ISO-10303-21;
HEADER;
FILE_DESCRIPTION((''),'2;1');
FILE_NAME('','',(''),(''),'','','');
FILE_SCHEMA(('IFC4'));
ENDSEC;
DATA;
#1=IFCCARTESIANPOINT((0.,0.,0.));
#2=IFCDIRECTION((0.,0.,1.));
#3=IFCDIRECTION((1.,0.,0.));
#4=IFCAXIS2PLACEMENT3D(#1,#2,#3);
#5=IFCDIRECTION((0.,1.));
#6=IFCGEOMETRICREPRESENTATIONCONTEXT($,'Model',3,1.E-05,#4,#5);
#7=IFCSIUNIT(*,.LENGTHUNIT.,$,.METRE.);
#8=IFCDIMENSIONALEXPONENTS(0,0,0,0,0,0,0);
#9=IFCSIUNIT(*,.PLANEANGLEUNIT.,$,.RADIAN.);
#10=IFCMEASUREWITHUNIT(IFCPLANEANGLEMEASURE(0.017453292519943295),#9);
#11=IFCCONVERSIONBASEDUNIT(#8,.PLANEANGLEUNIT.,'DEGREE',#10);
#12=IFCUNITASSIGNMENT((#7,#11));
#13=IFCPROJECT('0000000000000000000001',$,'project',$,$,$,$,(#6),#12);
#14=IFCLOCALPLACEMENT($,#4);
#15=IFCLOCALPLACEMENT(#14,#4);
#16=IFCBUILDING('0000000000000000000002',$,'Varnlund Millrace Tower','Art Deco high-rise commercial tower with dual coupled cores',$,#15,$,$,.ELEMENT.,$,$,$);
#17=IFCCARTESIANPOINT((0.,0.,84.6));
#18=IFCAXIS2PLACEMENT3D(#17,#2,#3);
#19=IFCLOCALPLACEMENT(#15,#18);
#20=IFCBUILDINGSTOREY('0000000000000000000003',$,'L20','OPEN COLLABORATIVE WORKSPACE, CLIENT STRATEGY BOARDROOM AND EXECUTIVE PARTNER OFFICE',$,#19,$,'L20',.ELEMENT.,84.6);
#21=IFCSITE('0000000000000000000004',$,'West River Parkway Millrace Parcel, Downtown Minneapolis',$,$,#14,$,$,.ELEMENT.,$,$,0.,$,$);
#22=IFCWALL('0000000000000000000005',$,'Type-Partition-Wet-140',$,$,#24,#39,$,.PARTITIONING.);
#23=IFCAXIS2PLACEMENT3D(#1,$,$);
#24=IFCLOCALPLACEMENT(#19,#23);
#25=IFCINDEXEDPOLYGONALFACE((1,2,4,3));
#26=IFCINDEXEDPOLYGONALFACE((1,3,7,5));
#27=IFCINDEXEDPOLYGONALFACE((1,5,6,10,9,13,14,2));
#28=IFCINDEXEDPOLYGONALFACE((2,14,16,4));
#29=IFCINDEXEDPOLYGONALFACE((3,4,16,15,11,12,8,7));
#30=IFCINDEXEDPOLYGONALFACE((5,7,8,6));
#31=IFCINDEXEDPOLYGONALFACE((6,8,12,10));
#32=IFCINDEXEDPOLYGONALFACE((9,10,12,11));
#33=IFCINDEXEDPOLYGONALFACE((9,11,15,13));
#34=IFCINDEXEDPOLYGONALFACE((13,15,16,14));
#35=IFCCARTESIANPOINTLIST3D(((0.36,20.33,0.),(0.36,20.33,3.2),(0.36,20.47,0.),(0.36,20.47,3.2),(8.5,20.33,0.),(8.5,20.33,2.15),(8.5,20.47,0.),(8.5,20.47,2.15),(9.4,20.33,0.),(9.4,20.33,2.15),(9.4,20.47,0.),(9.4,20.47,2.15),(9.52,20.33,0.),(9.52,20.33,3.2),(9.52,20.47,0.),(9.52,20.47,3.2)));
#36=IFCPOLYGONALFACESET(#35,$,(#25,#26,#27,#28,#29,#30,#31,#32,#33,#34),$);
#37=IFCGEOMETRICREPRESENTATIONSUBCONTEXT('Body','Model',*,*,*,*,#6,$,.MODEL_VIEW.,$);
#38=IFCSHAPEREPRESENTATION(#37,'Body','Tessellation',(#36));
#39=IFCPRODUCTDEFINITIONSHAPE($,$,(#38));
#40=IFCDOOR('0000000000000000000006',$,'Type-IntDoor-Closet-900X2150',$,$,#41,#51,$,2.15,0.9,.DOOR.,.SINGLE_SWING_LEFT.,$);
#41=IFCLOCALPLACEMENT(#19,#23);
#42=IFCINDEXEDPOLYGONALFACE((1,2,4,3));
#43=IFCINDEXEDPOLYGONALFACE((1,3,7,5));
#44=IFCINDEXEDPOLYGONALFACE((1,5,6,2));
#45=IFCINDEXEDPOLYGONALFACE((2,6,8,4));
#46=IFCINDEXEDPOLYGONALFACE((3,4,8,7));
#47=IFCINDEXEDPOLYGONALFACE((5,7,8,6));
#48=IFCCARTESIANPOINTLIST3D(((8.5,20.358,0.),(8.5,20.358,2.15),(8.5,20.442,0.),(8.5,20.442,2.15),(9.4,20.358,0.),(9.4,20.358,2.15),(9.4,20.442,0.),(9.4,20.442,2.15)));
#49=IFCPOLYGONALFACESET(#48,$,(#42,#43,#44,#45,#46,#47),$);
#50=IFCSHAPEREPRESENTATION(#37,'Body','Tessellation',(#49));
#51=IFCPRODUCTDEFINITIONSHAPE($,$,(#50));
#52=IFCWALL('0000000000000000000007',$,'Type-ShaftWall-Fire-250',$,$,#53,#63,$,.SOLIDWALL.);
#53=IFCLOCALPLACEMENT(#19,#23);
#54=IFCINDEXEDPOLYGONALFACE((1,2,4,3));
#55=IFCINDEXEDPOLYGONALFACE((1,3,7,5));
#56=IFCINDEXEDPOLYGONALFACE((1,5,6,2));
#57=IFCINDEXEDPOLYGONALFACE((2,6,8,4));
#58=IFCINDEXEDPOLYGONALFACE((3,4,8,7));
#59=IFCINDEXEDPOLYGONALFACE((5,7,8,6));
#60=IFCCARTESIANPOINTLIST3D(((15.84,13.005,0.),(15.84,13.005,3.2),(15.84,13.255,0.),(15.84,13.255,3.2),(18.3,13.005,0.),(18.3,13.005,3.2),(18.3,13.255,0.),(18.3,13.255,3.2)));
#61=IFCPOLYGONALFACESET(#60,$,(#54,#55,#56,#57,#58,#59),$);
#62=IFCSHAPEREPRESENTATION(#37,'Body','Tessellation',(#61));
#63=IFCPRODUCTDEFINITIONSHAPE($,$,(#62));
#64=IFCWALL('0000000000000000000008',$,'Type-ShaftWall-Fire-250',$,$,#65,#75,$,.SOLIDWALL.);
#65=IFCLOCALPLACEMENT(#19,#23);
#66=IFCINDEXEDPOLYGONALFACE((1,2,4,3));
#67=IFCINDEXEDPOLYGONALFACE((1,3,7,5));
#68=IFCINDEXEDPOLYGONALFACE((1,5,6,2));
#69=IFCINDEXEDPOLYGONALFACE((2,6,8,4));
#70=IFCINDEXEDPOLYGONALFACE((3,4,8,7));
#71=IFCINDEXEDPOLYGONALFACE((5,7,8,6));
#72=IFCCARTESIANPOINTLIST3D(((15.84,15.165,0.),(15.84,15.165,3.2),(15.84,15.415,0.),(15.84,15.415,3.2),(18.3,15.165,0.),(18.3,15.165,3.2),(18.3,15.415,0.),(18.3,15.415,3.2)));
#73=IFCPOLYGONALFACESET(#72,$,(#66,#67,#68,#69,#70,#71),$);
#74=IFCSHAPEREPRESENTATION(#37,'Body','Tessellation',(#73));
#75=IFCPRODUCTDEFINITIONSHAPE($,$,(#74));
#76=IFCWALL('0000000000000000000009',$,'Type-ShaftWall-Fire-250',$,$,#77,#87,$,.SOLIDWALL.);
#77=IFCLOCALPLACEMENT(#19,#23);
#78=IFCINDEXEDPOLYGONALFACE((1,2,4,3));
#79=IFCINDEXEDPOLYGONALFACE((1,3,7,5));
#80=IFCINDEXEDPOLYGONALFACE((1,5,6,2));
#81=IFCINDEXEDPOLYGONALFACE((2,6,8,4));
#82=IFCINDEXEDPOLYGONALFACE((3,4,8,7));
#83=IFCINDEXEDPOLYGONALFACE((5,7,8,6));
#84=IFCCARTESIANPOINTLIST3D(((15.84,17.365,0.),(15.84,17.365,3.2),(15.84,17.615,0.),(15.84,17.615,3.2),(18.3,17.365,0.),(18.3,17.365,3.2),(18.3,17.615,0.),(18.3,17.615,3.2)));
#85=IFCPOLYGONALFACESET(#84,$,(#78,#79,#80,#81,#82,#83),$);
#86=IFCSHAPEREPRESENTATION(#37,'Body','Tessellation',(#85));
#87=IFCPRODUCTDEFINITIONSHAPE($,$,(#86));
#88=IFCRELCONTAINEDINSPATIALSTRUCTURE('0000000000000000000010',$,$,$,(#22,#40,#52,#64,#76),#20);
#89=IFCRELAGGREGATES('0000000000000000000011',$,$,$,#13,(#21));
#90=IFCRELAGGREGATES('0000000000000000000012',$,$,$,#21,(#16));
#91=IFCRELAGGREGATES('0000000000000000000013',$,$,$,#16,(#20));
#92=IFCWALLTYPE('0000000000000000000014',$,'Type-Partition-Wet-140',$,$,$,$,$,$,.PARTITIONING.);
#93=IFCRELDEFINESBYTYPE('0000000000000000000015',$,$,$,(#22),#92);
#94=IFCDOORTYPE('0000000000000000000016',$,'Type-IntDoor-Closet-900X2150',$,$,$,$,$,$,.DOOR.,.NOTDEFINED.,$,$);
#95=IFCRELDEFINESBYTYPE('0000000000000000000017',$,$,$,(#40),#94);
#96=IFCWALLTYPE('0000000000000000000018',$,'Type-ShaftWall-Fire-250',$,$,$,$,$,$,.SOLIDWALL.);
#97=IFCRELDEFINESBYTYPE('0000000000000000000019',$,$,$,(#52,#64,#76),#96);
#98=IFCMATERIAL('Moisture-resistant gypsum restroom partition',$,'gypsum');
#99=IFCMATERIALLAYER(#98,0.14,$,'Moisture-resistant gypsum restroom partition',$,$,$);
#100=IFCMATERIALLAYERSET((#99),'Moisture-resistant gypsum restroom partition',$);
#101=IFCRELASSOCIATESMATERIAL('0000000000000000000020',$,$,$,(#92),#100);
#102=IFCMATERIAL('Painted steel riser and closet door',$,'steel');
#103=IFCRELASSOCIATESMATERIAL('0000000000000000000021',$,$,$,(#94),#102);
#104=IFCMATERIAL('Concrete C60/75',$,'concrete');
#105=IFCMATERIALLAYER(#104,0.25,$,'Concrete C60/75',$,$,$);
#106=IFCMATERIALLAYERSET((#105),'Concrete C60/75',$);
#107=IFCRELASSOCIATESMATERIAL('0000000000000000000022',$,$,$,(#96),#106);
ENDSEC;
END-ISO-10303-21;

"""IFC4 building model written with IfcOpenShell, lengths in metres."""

from ifc_helpers import new_model, entity, si_unit, converted_unit, direction, frame, origin_with_axes, origin_2d_with_axis, place, context, subcontext, project, spatial, polyline, rectangle, outline, extrude, material, layer, layer_set, type_object, element, fill, save


model = new_model("IFC4")

# Units and contexts
model_context = context("Model", 3, precision=1e-05, world=origin_with_axes(), true_north=direction((0.0, 1.0)))
body_context = subcontext(model_context, "Body", "Model", "MODEL_VIEW")
ifc_project = project(units=[si_unit("LENGTHUNIT", "METRE"), converted_unit("PLANEANGLEUNIT", "DEGREE", entity("IfcPlaneAngleMeasure", 0.017453292519943295), si_unit("PLANEANGLEUNIT", "RADIAN"), dimensions=[0, 0, 0, 0, 0, 0, 0])], contexts=[model_context])

# Site, building, storey
site_placement = place(None, origin_with_axes())
site = spatial("IfcSite", under=ifc_project, at=site_placement, Name="West River Parkway Millrace Parcel, Downtown Minneapolis", CompositionType="ELEMENT", RefElevation=0.0)
building_placement = place(site_placement, origin_with_axes())
building = spatial("IfcBuilding", under=site, at=building_placement, Name="Varnlund Millrace Tower", Description="Art Deco high-rise commercial tower with dual coupled cores", CompositionType="ELEMENT")
storey_placement = place(building_placement, frame((0.0, 0.0, 84.6), z_axis=(0.0, 0.0, 1.0), x_axis=(1.0, 0.0, 0.0)))
storey = spatial("IfcBuildingStorey", under=building, at=storey_placement, Name="L20", Description="OPEN COLLABORATIVE WORKSPACE, CLIENT STRATEGY BOARDROOM AND EXECUTIVE PARTNER OFFICE", LongName="L20", CompositionType="ELEMENT", Elevation=84.6)

# Shared definitions
ifc_material_1 = material(Name="Moisture-resistant gypsum restroom partition", Category="gypsum")
ifc_layer_1 = layer(ifc_material_1, 0.14, Name="Moisture-resistant gypsum restroom partition")
ifc_layer_set_1 = layer_set([ifc_layer_1], Name="Moisture-resistant gypsum restroom partition")
wall_type_1 = type_object("IfcWallType", Name="Type-Partition-Wet-140", PredefinedType="PARTITIONING", material=ifc_layer_set_1)

# Wall, opening, door
wall_1_placement = place(storey_placement, frame((0.36, 20.4, 0.0), z_axis=(0.0, 0.0, 1.0), x_axis=(1.0, 0.0, 0.0)))
wall_1 = element("IfcWall", 1, at=wall_1_placement, inside=storey, type_object=wall_type_1, Name="Type-Partition-Wet-140", PredefinedType="PARTITIONING", context=body_context, shape_type="SweptSolid", body=[
    extrude(outline(polyline([(0.0, -0.07), (9.16, -0.07), (9.16, 0.07), (0.0, 0.07), (0.0, -0.07)])), origin_with_axes(), (0.0, 0.0, 1.0), 3.2),
])
opening_1_placement = place(wall_1_placement, frame((8.59, 0.0, 0.0), z_axis=(0.0, 0.0, 1.0), x_axis=(1.0, 0.0, 0.0)))
opening_1 = element("IfcOpeningElement", 2, at=opening_1_placement, cuts=wall_1, PredefinedType="OPENING", context=body_context, shape_type="SweptSolid", body=[
    extrude(rectangle(XDim=0.9, YDim=0.16, at=origin_2d_with_axis()), origin_with_axes(), (0.0, 0.0, 1.0), 2.15),
])
ifc_material_2 = material(Name="Painted steel riser and closet door", Category="steel")
door_type_1 = type_object("IfcDoorType", Name="Type-IntDoor-Closet-900X2150", OperationType="NOTDEFINED", PredefinedType="DOOR", material=ifc_material_2)
door_1_placement = place(wall_1_placement, frame((8.59, 0.0, 0.0), z_axis=(0.0, 0.0, 1.0), x_axis=(1.0, 0.0, 0.0)))
door_1 = element("IfcDoor", 3, at=door_1_placement, inside=storey, type_object=door_type_1, Name="Type-IntDoor-Closet-900X2150", OperationType="SINGLE_SWING_LEFT", OverallHeight=2.15, OverallWidth=0.9, PredefinedType="DOOR", context=body_context, shape_type="SweptSolid", body=[
    extrude(rectangle(XDim=0.9, YDim=0.084, at=origin_2d_with_axis()), origin_with_axes(), (0.0, 0.0, 1.0), 2.15),
])
fill(opening_1, door_1)

# Walls
ifc_material_3 = material(Name="Concrete C60/75", Category="concrete")
ifc_layer_2 = layer(ifc_material_3, 0.25, Name="Concrete C60/75")
ifc_layer_set_2 = layer_set([ifc_layer_2], Name="Concrete C60/75")
wall_type_2 = type_object("IfcWallType", Name="Type-ShaftWall-Fire-250", PredefinedType="SOLIDWALL", material=ifc_layer_set_2)
for number, where, z_axis, x_axis, name in (
    (4, (15.84, 13.13, 0.0), (0.0, 0.0, 1.0), (1.0, 0.0, 0.0), "Type-ShaftWall-Fire-250"),
    (5, (15.84, 15.29, 0.0), (0.0, 0.0, 1.0), (1.0, 0.0, 0.0), "Type-ShaftWall-Fire-250"),
    (6, (15.84, 17.49, 0.0), (0.0, 0.0, 1.0), (1.0, 0.0, 0.0), "Type-ShaftWall-Fire-250"),
):
    element("IfcWall", number, at=place(storey_placement, frame(where, z_axis=z_axis, x_axis=x_axis)), inside=storey, type_object=wall_type_2, Name=name, PredefinedType="SOLIDWALL", context=body_context, shape_type="SweptSolid", body=[
        extrude(outline(polyline([(0.0, -0.125), (2.46, -0.125), (2.46, 0.125), (0.0, 0.125), (0.0, -0.125)])), origin_with_axes(), (0.0, 0.0, 1.0), 3.2),
    ])

save(model, "model.ifc")
